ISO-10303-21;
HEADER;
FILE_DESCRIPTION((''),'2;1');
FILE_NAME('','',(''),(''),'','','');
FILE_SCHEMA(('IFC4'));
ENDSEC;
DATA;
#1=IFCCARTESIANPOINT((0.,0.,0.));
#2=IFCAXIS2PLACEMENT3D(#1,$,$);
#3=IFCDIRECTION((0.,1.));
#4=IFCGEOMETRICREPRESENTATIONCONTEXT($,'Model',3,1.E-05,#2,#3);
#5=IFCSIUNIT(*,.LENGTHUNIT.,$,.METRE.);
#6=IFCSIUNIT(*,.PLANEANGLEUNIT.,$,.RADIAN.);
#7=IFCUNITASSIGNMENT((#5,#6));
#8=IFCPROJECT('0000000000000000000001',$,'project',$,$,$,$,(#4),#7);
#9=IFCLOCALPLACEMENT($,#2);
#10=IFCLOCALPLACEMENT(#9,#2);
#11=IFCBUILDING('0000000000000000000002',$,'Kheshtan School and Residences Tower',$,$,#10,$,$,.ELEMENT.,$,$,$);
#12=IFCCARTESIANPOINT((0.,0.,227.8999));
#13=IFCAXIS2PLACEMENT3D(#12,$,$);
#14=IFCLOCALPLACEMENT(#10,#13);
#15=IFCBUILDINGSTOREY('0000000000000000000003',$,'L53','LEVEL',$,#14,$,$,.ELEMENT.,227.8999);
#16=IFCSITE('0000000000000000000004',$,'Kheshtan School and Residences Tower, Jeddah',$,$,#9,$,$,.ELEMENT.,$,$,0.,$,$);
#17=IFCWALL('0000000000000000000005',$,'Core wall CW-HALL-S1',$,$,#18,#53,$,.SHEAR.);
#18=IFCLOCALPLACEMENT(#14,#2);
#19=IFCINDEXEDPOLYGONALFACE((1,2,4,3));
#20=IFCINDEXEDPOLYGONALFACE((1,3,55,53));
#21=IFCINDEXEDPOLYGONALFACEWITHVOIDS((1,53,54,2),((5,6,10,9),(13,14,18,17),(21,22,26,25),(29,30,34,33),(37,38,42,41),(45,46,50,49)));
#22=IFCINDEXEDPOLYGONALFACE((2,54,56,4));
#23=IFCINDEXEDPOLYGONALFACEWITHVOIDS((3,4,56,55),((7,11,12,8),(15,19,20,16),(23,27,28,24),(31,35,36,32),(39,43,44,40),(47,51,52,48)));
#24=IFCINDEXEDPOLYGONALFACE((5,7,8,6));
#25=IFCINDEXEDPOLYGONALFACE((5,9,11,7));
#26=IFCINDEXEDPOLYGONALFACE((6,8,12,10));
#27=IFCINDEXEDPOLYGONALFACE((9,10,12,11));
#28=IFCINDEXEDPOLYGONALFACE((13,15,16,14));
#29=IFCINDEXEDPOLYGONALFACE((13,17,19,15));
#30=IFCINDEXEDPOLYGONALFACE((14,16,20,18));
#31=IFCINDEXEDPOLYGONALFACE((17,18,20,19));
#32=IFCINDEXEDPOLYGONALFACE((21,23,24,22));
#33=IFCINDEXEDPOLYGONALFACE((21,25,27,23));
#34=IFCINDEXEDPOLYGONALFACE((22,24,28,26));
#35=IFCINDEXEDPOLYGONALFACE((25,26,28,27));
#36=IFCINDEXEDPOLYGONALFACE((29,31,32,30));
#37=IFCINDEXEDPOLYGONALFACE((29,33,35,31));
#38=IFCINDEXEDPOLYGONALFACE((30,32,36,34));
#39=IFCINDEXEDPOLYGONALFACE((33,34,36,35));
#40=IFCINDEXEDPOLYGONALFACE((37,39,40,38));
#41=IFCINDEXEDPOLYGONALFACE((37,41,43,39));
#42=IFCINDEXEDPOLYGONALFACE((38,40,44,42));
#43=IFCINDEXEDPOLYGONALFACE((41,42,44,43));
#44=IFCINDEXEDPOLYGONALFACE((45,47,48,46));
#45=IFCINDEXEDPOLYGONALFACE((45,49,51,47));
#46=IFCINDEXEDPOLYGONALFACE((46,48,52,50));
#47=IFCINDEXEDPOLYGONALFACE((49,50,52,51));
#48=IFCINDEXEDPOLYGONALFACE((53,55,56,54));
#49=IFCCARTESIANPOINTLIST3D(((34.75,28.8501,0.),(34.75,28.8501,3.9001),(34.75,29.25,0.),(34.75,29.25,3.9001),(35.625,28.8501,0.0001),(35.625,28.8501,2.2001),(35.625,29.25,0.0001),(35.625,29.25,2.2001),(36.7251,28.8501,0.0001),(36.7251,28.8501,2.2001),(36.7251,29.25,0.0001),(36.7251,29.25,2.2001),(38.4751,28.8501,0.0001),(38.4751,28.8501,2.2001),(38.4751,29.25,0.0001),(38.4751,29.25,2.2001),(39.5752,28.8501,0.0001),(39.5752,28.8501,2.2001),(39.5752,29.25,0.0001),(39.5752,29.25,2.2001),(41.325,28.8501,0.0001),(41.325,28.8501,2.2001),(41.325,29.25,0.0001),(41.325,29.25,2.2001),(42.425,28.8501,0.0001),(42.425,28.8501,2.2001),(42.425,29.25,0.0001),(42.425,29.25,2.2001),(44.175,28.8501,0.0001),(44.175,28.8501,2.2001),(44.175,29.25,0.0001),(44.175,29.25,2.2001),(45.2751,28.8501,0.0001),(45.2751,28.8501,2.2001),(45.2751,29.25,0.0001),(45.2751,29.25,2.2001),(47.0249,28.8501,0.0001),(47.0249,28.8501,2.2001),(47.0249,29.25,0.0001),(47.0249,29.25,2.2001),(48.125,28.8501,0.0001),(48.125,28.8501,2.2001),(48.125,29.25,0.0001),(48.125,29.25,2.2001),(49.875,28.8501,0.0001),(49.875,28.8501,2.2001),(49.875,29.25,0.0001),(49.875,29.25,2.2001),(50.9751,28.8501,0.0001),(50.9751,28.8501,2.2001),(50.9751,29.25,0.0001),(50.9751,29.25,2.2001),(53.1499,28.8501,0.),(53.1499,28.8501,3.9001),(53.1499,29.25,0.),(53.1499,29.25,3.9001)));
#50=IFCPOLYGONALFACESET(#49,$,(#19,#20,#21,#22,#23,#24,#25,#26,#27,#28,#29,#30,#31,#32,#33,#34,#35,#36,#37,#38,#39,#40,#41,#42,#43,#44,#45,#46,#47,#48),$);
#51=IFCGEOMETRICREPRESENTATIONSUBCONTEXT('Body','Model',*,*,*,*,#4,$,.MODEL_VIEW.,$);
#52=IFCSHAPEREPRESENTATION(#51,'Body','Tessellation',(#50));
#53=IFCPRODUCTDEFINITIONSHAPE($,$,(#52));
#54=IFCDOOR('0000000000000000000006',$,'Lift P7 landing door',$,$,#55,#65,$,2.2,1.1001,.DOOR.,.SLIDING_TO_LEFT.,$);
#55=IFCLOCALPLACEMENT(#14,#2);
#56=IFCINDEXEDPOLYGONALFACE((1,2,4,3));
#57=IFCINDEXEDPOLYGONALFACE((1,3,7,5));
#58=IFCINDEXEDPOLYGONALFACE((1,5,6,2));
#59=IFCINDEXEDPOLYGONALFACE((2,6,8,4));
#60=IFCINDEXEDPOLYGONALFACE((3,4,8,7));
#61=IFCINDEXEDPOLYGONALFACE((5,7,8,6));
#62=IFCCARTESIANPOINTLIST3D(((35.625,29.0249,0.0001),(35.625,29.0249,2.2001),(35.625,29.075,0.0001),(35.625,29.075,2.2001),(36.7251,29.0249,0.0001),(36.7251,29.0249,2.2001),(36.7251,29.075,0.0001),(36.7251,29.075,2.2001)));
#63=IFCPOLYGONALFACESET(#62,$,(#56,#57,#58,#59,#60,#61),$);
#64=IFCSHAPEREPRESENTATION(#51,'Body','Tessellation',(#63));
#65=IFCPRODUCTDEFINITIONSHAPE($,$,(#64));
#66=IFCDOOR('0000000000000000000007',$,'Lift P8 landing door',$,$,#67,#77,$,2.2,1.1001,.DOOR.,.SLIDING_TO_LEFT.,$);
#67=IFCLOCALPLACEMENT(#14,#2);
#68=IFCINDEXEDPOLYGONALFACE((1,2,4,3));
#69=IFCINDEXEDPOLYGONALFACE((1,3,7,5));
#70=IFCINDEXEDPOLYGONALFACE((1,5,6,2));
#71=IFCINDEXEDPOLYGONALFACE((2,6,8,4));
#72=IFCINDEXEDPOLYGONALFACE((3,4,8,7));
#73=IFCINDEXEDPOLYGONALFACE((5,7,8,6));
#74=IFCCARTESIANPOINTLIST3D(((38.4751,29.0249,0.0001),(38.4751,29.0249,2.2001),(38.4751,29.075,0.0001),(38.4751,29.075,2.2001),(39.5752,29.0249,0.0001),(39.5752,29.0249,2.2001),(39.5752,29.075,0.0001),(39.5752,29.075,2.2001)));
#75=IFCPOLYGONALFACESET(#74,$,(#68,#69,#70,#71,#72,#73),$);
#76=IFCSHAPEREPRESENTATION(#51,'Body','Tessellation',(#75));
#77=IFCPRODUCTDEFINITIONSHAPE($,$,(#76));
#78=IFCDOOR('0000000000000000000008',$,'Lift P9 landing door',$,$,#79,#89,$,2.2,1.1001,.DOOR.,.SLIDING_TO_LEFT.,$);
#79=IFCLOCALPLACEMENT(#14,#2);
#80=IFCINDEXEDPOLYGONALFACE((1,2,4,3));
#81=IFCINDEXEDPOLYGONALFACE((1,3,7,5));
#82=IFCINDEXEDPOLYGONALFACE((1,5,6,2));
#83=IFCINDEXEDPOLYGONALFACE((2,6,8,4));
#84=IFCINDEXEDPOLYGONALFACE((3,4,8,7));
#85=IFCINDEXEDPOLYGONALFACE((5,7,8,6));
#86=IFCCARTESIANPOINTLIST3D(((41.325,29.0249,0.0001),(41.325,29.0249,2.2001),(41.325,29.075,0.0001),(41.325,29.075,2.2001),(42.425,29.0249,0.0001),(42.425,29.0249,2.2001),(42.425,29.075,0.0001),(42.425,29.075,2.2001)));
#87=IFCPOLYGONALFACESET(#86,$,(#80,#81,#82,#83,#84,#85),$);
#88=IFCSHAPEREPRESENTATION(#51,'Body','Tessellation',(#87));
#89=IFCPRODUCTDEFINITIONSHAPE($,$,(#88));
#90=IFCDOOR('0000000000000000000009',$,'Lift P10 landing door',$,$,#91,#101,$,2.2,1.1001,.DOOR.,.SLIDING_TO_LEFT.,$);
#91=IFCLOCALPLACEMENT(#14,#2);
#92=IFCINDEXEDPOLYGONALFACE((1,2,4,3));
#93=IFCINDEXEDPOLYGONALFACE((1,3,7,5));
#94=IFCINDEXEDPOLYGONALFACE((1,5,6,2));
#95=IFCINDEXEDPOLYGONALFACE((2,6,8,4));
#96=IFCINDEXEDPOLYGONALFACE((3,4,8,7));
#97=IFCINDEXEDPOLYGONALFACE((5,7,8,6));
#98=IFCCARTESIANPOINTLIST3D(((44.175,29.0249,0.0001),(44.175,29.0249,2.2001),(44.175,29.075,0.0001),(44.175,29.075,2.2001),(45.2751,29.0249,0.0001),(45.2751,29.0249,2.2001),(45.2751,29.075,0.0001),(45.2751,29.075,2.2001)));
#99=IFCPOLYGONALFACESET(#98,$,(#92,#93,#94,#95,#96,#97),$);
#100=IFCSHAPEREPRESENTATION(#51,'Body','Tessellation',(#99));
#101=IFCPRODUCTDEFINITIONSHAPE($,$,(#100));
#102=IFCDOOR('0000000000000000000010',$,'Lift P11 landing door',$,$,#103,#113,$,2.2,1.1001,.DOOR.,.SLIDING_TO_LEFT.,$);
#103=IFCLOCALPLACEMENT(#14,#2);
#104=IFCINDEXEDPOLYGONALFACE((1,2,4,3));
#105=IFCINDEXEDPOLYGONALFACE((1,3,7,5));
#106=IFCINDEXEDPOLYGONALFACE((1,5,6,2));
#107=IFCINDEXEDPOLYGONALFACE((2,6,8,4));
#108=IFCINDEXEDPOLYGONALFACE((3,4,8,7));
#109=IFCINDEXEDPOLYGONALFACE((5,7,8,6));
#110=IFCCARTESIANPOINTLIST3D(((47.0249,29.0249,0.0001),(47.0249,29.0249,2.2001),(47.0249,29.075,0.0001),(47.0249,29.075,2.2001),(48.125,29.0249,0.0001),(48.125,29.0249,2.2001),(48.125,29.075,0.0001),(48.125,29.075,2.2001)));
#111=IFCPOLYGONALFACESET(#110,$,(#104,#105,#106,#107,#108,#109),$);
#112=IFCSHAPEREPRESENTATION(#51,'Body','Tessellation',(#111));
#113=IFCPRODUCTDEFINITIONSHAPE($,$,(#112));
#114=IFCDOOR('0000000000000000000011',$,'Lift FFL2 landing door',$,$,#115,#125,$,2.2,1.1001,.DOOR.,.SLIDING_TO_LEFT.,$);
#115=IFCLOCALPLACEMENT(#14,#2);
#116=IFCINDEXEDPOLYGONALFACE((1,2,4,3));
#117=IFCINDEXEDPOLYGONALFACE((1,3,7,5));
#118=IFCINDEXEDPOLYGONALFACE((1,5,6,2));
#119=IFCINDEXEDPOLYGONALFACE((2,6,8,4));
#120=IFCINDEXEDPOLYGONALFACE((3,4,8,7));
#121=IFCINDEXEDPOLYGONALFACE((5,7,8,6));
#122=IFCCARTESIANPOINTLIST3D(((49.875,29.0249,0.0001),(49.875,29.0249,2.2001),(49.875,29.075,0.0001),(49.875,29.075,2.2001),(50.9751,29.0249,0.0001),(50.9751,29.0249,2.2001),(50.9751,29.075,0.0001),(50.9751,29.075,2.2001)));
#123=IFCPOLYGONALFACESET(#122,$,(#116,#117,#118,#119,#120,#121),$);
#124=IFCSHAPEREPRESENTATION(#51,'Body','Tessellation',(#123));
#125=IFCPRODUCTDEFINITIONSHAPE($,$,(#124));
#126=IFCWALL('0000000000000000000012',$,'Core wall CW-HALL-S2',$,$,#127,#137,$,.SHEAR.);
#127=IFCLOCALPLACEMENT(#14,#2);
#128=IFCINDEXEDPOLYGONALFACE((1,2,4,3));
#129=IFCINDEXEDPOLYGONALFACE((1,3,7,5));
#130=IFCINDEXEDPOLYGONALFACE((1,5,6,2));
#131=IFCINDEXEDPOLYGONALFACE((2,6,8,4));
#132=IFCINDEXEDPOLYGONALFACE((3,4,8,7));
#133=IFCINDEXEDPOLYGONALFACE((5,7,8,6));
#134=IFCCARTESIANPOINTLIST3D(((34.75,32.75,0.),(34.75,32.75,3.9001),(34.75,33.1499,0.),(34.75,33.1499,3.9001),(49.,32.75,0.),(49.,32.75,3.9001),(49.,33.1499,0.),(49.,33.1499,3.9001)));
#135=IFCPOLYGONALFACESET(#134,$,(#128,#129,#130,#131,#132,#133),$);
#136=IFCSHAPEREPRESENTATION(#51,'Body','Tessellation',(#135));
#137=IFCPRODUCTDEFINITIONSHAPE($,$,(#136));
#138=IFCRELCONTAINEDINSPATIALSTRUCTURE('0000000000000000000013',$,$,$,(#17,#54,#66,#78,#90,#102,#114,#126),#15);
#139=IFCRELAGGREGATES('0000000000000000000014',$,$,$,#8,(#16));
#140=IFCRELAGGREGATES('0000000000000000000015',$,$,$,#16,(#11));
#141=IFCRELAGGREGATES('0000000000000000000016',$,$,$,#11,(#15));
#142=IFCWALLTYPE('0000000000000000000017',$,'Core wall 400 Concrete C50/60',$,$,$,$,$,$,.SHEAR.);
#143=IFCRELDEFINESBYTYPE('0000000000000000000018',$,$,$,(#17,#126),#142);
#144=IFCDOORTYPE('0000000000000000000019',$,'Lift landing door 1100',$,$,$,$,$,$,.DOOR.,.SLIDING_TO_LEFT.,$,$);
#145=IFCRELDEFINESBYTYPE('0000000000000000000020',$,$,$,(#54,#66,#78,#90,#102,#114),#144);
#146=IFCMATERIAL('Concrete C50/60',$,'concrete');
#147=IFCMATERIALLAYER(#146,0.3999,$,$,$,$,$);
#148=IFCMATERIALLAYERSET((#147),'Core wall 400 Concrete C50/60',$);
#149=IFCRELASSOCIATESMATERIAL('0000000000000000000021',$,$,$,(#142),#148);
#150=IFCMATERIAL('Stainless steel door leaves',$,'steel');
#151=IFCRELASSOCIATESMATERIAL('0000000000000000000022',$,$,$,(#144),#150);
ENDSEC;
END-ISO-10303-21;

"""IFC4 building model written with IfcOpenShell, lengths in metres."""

from ifc_helpers import new_model, si_unit, direction, frame, frame_2d, origin, place, context, subcontext, project, spatial, rectangle, extrude, source, transform, mapped, material, layer, layer_set, type_object, element, fill, save


model = new_model("IFC4")

# Units and contexts
model_context = context("Model", 3, precision=1e-05, world=origin(), true_north=direction((0.0, 1.0)))
body_context = subcontext(model_context, "Body", "Model", "MODEL_VIEW")
ifc_project = project(units=[si_unit("LENGTHUNIT", "METRE"), si_unit("PLANEANGLEUNIT", "RADIAN")], contexts=[model_context])

# Site, building, storey
site_placement = place(None, origin())
site = spatial("IfcSite", under=ifc_project, at=site_placement, Name="Kheshtan School and Residences Tower, Jeddah", CompositionType="ELEMENT", RefElevation=0.0)
building_placement = place(site_placement, origin())
building = spatial("IfcBuilding", under=site, at=building_placement, Name="Kheshtan School and Residences Tower", CompositionType="ELEMENT")
storey_placement = place(building_placement, frame((0.0, 0.0, 227.8999)))
storey = spatial("IfcBuildingStorey", under=building, at=storey_placement, Name="L53", Description="LEVEL", CompositionType="ELEMENT", Elevation=227.8999)

# Wall, openings, doors
ifc_material_1 = material(Name="Concrete C50/60", Category="concrete")
ifc_layer_1 = layer(ifc_material_1, 0.3999)
ifc_layer_set_1 = layer_set([ifc_layer_1], Name="Core wall 400 Concrete C50/60")
wall_type_1 = type_object("IfcWallType", Name="Core wall 400 Concrete C50/60", PredefinedType="SHEAR", material=ifc_layer_set_1)
wall_1_placement = place(storey_placement, frame((34.75, 29.05, 0.0), z_axis=(0.0, 0.0, 1.0), x_axis=(1.0, 0.0, 0.0)))
wall_1 = element("IfcWall", 1, at=wall_1_placement, inside=storey, type_object=wall_type_1, Name="Core wall CW-HALL-S1", PredefinedType="SHEAR", context=body_context, shape_type="SweptSolid", body=[
    extrude(rectangle(XDim=18.3999, YDim=0.3999, at=frame_2d((9.2, 0.0))), origin(), (0.0, 0.0, 1.0), 3.9001),
])
opening_1_placement = place(wall_1_placement, frame((0.875, 0.0, 0.0)))
opening_1 = element("IfcOpeningElement", 2, at=opening_1_placement, cuts=wall_1, PredefinedType="OPENING", context=body_context, shape_type="SweptSolid", body=[
    extrude(rectangle(XDim=1.1001, YDim=2.2, at=frame_2d((0.55, 1.1001))), frame((0.0, 0.21, 0.0), z_axis=(0.0, -1.0, 0.0), x_axis=(1.0, 0.0, 0.0)), (0.0, 0.0, 1.0), 0.4199),
])
opening_2_placement = place(wall_1_placement, frame((3.7251, 0.0, 0.0)))
opening_2 = element("IfcOpeningElement", 3, at=opening_2_placement, cuts=wall_1, PredefinedType="OPENING", context=body_context, shape_type="SweptSolid", body=[
    extrude(rectangle(XDim=1.1001, YDim=2.2, at=frame_2d((0.55, 1.1001))), frame((0.0, 0.21, 0.0), z_axis=(0.0, -1.0, 0.0), x_axis=(1.0, 0.0, 0.0)), (0.0, 0.0, 1.0), 0.4199),
])
opening_3_placement = place(wall_1_placement, frame((6.575, 0.0, 0.0)))
opening_3 = element("IfcOpeningElement", 4, at=opening_3_placement, cuts=wall_1, PredefinedType="OPENING", context=body_context, shape_type="SweptSolid", body=[
    extrude(rectangle(XDim=1.1001, YDim=2.2, at=frame_2d((0.55, 1.1001))), frame((0.0, 0.21, 0.0), z_axis=(0.0, -1.0, 0.0), x_axis=(1.0, 0.0, 0.0)), (0.0, 0.0, 1.0), 0.4199),
])
opening_4_placement = place(wall_1_placement, frame((9.425, 0.0, 0.0)))
opening_4 = element("IfcOpeningElement", 5, at=opening_4_placement, cuts=wall_1, PredefinedType="OPENING", context=body_context, shape_type="SweptSolid", body=[
    extrude(rectangle(XDim=1.1001, YDim=2.2, at=frame_2d((0.55, 1.1001))), frame((0.0, 0.21, 0.0), z_axis=(0.0, -1.0, 0.0), x_axis=(1.0, 0.0, 0.0)), (0.0, 0.0, 1.0), 0.4199),
])
opening_5_placement = place(wall_1_placement, frame((12.2749, 0.0, 0.0)))
opening_5 = element("IfcOpeningElement", 6, at=opening_5_placement, cuts=wall_1, PredefinedType="OPENING", context=body_context, shape_type="SweptSolid", body=[
    extrude(rectangle(XDim=1.1001, YDim=2.2, at=frame_2d((0.55, 1.1001))), frame((0.0, 0.21, 0.0), z_axis=(0.0, -1.0, 0.0), x_axis=(1.0, 0.0, 0.0)), (0.0, 0.0, 1.0), 0.4199),
])
opening_6_placement = place(wall_1_placement, frame((15.125, 0.0, 0.0)))
opening_6 = element("IfcOpeningElement", 7, at=opening_6_placement, cuts=wall_1, PredefinedType="OPENING", context=body_context, shape_type="SweptSolid", body=[
    extrude(rectangle(XDim=1.1001, YDim=2.2, at=frame_2d((0.55, 1.1001))), frame((0.0, 0.21, 0.0), z_axis=(0.0, -1.0, 0.0), x_axis=(1.0, 0.0, 0.0)), (0.0, 0.0, 1.0), 0.4199),
])
ifc_material_2 = material(Name="Stainless steel door leaves", Category="steel")
door_type_1 = type_object("IfcDoorType", Name="Lift landing door 1100", OperationType="SLIDING_TO_LEFT", PredefinedType="DOOR", material=ifc_material_2)
shared_shape_1 = source(origin(), body_context, "Body", "SweptSolid", [
    extrude(rectangle(XDim=1.1001, YDim=2.2, at=frame_2d((0.55, 1.1001))), frame((0.0, 0.0249, 0.0), z_axis=(0.0, -1.0, 0.0), x_axis=(1.0, 0.0, 0.0)), (0.0, 0.0, 1.0), 0.05),
])
door_1_placement = place(opening_1_placement, origin())
door_1 = element("IfcDoor", 8, at=door_1_placement, inside=storey, type_object=door_type_1, Name="Lift P7 landing door", OperationType="SLIDING_TO_LEFT", OverallHeight=2.2, OverallWidth=1.1001, PredefinedType="DOOR", context=body_context, shape_type="MappedRepresentation", body=[
    mapped(shared_shape_1, transform((0.0, 0.0, 0.0), x_axis=(1.0, 0.0, 0.0), y_axis=(0.0, 1.0, 0.0), z_axis=(0.0, 0.0, 1.0), scale=1.0)),
])
fill(opening_1, door_1)
door_2_placement = place(opening_2_placement, origin())
door_2 = element("IfcDoor", 9, at=door_2_placement, inside=storey, type_object=door_type_1, Name="Lift P8 landing door", OperationType="SLIDING_TO_LEFT", OverallHeight=2.2, OverallWidth=1.1001, PredefinedType="DOOR", context=body_context, shape_type="MappedRepresentation", body=[
    mapped(shared_shape_1, transform((0.0, 0.0, 0.0), x_axis=(1.0, 0.0, 0.0), y_axis=(0.0, 1.0, 0.0), z_axis=(0.0, 0.0, 1.0), scale=1.0)),
])
fill(opening_2, door_2)
door_3_placement = place(opening_3_placement, origin())
door_3 = element("IfcDoor", 10, at=door_3_placement, inside=storey, type_object=door_type_1, Name="Lift P9 landing door", OperationType="SLIDING_TO_LEFT", OverallHeight=2.2, OverallWidth=1.1001, PredefinedType="DOOR", context=body_context, shape_type="MappedRepresentation", body=[
    mapped(shared_shape_1, transform((0.0, 0.0, 0.0), x_axis=(1.0, 0.0, 0.0), y_axis=(0.0, 1.0, 0.0), z_axis=(0.0, 0.0, 1.0), scale=1.0)),
])
fill(opening_3, door_3)
door_4_placement = place(opening_4_placement, origin())
door_4 = element("IfcDoor", 11, at=door_4_placement, inside=storey, type_object=door_type_1, Name="Lift P10 landing door", OperationType="SLIDING_TO_LEFT", OverallHeight=2.2, OverallWidth=1.1001, PredefinedType="DOOR", context=body_context, shape_type="MappedRepresentation", body=[
    mapped(shared_shape_1, transform((0.0, 0.0, 0.0), x_axis=(1.0, 0.0, 0.0), y_axis=(0.0, 1.0, 0.0), z_axis=(0.0, 0.0, 1.0), scale=1.0)),
])
fill(opening_4, door_4)
door_5_placement = place(opening_5_placement, origin())
door_5 = element("IfcDoor", 12, at=door_5_placement, inside=storey, type_object=door_type_1, Name="Lift P11 landing door", OperationType="SLIDING_TO_LEFT", OverallHeight=2.2, OverallWidth=1.1001, PredefinedType="DOOR", context=body_context, shape_type="MappedRepresentation", body=[
    mapped(shared_shape_1, transform((0.0, 0.0, 0.0), x_axis=(1.0, 0.0, 0.0), y_axis=(0.0, 1.0, 0.0), z_axis=(0.0, 0.0, 1.0), scale=1.0)),
])
fill(opening_5, door_5)
door_6_placement = place(opening_6_placement, origin())
door_6 = element("IfcDoor", 13, at=door_6_placement, inside=storey, type_object=door_type_1, Name="Lift FFL2 landing door", OperationType="SLIDING_TO_LEFT", OverallHeight=2.2, OverallWidth=1.1001, PredefinedType="DOOR", context=body_context, shape_type="MappedRepresentation", body=[
    mapped(shared_shape_1, transform((0.0, 0.0, 0.0), x_axis=(1.0, 0.0, 0.0), y_axis=(0.0, 1.0, 0.0), z_axis=(0.0, 0.0, 1.0), scale=1.0)),
])
fill(opening_6, door_6)

# Wall
wall_2_placement = place(storey_placement, frame((34.75, 32.95, 0.0), z_axis=(0.0, 0.0, 1.0), x_axis=(1.0, 0.0, 0.0)))
element("IfcWall", 14, at=wall_2_placement, inside=storey, type_object=wall_type_1, Name="Core wall CW-HALL-S2", PredefinedType="SHEAR", context=body_context, shape_type="SweptSolid", body=[
    extrude(rectangle(XDim=14.25, YDim=0.3999, at=frame_2d((7.125, 0.0))), origin(), (0.0, 0.0, 1.0), 3.9001),
])

save(model, "model.ifc")
